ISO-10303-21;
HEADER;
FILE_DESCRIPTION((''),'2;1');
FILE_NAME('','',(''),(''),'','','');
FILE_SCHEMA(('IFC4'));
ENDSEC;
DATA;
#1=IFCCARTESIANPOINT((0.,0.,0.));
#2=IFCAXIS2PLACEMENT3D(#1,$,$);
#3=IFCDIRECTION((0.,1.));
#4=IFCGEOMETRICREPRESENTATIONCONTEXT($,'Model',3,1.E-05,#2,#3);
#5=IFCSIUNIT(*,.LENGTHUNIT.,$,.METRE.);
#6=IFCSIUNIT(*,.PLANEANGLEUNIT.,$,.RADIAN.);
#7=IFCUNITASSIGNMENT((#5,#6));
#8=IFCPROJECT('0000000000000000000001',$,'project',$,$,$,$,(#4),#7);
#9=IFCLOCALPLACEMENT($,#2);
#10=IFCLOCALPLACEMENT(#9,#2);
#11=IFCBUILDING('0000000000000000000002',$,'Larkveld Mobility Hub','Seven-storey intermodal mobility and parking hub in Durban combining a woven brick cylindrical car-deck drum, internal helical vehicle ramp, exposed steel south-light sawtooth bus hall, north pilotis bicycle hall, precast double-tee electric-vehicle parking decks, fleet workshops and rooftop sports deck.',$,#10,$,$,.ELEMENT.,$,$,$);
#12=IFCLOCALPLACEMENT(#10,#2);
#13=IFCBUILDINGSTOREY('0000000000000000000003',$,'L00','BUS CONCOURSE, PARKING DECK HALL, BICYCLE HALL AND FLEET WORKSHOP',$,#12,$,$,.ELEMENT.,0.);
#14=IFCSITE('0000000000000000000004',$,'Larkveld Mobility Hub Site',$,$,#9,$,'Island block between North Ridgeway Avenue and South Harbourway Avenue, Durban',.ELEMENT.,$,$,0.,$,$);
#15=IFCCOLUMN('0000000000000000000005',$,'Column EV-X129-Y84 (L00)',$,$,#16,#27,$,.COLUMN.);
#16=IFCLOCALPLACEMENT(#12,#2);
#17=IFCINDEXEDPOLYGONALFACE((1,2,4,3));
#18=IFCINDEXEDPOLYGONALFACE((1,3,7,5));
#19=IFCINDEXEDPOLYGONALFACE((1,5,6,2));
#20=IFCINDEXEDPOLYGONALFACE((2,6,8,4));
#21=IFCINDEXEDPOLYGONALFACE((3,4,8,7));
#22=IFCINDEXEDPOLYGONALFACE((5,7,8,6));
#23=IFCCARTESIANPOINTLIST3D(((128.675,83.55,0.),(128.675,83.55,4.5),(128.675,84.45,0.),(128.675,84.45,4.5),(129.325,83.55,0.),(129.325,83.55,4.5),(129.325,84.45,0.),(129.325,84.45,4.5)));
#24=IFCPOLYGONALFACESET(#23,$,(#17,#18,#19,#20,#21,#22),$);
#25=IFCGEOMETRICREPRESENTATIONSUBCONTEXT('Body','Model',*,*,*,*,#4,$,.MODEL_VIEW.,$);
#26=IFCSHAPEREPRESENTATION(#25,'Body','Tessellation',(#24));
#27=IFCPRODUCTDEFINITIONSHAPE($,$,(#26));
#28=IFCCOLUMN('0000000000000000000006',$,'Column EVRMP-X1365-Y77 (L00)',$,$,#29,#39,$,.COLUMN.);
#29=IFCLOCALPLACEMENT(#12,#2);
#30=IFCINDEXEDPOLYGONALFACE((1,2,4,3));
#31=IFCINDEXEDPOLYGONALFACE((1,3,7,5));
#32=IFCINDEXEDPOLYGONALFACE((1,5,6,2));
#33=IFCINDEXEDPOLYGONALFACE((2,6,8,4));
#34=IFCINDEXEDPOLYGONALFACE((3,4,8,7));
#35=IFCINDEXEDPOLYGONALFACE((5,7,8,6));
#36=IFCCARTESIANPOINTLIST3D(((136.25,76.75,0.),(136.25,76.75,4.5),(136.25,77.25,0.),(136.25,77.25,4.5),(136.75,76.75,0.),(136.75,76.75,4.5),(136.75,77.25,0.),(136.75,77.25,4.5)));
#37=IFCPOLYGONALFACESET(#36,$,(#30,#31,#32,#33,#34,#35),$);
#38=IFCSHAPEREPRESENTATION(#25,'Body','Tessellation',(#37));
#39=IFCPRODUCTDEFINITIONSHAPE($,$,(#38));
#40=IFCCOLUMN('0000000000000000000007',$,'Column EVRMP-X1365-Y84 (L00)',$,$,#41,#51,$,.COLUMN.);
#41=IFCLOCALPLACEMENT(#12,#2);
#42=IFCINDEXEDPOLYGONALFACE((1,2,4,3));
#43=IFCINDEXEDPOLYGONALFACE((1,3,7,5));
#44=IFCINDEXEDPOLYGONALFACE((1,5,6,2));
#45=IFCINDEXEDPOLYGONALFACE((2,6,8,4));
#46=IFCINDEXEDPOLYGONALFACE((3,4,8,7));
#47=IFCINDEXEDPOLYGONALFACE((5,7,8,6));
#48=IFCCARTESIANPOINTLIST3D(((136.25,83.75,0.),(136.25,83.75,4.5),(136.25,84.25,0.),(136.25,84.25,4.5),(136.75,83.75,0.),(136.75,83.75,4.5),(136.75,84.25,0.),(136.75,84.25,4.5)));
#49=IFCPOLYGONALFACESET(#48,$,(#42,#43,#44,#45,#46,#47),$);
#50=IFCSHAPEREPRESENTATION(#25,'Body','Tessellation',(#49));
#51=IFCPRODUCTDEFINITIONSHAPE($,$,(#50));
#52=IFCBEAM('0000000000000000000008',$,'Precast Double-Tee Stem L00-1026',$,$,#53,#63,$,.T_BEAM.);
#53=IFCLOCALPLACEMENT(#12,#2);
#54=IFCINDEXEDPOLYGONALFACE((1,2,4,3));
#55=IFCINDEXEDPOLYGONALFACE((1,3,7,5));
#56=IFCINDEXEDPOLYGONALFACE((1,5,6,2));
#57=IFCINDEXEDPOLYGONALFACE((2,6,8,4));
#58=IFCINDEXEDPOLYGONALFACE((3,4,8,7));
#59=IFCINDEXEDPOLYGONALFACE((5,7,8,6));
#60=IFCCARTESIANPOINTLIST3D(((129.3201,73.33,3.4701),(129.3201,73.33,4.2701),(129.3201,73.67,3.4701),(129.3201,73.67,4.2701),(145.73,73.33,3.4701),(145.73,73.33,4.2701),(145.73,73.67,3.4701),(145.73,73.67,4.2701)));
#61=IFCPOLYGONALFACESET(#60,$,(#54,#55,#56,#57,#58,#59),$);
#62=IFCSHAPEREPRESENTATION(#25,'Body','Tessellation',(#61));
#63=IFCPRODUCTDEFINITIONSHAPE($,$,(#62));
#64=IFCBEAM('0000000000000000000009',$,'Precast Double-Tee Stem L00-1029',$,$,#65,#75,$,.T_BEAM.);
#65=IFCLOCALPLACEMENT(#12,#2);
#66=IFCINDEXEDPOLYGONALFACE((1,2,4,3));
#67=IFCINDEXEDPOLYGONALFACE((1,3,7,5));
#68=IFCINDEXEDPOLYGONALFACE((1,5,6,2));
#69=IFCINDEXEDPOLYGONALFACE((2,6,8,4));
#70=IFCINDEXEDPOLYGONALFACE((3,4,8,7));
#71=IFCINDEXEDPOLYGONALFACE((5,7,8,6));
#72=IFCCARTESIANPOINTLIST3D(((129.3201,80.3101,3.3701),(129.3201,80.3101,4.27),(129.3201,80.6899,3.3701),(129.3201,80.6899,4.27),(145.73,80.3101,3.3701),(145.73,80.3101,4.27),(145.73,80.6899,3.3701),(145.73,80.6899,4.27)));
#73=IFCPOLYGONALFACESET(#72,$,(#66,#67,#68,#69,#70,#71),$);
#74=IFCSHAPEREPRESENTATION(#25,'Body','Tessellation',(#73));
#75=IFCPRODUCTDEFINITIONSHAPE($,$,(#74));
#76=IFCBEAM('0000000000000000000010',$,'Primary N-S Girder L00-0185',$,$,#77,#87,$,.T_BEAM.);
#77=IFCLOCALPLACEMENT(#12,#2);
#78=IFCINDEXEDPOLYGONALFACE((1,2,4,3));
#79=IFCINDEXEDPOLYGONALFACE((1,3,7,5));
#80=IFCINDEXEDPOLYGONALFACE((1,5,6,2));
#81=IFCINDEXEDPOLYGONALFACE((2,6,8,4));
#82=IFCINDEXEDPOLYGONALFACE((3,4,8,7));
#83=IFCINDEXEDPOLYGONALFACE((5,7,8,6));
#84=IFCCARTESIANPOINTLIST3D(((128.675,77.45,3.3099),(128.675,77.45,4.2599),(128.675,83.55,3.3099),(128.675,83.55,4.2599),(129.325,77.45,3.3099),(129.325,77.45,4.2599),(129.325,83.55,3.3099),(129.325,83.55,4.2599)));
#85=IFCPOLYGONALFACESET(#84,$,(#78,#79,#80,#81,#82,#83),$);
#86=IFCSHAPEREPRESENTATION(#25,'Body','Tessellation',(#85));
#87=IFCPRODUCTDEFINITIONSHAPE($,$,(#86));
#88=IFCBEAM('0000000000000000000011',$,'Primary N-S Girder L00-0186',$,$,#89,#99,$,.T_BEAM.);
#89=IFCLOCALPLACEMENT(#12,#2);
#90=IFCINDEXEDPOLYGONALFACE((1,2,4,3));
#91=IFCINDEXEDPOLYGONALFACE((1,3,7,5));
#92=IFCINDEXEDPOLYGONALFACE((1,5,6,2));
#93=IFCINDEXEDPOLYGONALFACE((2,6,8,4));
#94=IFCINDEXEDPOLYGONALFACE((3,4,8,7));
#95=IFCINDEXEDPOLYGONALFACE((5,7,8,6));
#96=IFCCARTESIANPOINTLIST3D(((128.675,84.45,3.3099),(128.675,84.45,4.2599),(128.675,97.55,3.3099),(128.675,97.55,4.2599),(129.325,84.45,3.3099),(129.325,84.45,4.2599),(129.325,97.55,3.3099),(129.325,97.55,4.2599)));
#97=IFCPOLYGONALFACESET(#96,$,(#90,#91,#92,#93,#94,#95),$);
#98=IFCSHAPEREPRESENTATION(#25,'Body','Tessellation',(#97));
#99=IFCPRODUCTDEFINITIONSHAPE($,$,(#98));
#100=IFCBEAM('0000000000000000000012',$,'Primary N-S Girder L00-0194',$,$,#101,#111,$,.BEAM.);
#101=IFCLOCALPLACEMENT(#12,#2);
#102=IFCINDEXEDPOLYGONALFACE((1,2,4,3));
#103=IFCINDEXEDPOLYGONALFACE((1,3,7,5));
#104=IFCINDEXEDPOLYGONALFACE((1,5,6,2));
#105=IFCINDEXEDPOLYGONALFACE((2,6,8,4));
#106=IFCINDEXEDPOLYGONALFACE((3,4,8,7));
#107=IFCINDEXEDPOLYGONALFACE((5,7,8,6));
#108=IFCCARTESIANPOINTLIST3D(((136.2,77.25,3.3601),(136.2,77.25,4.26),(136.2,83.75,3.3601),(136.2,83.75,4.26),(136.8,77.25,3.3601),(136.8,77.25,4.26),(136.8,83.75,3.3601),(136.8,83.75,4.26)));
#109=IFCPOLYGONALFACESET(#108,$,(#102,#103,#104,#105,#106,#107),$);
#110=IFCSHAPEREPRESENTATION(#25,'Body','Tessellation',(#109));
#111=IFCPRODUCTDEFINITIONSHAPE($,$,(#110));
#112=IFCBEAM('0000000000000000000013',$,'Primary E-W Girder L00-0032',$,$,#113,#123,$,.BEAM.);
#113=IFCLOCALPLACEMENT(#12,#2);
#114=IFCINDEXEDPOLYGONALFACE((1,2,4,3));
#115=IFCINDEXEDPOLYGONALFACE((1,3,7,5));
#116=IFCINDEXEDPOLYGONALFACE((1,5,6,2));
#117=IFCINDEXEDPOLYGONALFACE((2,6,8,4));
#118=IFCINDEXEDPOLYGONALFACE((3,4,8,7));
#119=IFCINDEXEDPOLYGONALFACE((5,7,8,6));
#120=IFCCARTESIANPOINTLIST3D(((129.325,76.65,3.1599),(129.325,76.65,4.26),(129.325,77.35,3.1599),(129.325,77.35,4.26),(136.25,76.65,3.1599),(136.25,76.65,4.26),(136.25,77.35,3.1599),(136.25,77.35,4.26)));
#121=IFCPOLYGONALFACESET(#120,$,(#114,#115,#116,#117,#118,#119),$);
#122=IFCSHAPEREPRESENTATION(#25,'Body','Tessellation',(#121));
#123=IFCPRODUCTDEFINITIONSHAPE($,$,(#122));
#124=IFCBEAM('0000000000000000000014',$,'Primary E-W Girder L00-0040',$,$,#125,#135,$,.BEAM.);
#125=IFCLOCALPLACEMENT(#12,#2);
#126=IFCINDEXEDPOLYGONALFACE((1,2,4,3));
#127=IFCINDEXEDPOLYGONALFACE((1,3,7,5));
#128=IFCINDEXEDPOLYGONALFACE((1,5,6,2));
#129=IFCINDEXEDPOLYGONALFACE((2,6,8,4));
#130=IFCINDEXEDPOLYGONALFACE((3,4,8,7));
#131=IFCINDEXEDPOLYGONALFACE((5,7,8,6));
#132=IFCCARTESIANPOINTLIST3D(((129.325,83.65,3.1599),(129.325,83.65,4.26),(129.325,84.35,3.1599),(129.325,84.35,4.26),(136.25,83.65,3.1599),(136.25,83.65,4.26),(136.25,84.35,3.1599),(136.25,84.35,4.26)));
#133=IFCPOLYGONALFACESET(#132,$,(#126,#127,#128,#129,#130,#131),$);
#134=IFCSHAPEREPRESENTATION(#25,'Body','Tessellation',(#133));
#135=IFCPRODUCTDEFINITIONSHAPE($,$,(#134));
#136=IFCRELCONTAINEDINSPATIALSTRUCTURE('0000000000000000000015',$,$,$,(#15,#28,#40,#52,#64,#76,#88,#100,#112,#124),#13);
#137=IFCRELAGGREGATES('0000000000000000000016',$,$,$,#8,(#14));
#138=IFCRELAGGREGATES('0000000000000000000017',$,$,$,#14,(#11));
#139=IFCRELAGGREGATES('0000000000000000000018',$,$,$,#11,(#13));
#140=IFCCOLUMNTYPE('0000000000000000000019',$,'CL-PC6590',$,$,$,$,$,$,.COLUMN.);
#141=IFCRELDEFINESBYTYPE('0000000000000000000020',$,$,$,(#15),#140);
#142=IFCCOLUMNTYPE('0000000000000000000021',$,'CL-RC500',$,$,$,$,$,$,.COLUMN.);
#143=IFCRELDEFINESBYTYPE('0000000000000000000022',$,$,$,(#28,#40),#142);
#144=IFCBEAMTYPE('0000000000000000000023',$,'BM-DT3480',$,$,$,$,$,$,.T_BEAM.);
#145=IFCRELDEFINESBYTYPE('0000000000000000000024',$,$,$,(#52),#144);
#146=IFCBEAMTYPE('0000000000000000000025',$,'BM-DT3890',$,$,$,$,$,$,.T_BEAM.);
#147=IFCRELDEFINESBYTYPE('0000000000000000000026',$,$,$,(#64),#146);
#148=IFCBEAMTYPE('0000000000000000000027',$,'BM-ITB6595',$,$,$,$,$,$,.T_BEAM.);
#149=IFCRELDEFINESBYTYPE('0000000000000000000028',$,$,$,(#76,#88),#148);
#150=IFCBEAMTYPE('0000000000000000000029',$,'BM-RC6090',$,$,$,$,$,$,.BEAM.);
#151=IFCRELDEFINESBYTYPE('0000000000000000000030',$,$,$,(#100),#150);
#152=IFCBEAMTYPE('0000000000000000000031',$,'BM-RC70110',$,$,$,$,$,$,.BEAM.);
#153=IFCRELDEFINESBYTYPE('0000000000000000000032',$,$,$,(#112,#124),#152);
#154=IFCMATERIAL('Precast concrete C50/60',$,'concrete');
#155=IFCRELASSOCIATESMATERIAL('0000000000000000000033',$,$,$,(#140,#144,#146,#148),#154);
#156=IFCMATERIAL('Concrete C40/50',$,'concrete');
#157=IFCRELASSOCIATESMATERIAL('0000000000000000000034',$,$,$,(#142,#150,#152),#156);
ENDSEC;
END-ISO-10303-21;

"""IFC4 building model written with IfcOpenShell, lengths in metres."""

from ifc_helpers import new_model, si_unit, direction, frame, origin, origin_2d, place, context, subcontext, project, spatial, rectangle, extrude, material, material_profile, profile_set, type_object, element, save


model = new_model("IFC4")

# Units and contexts
model_context = context("Model", 3, precision=1e-05, world=origin(), true_north=direction((0.0, 1.0)))
body_context = subcontext(model_context, "Body", "Model", "MODEL_VIEW")
ifc_project = project(units=[si_unit("LENGTHUNIT", "METRE"), si_unit("PLANEANGLEUNIT", "RADIAN")], contexts=[model_context])

# Site, building, storey
site_placement = place(None, origin())
site = spatial("IfcSite", under=ifc_project, at=site_placement, Name="Larkveld Mobility Hub Site", LongName="Island block between North Ridgeway Avenue and South Harbourway Avenue, Durban", CompositionType="ELEMENT", RefElevation=0.0)
building_placement = place(site_placement, origin())
building = spatial("IfcBuilding", under=site, at=building_placement, Name="Larkveld Mobility Hub", Description="Seven-storey intermodal mobility and parking hub in Durban combining a woven brick cylindrical car-deck drum, internal helical vehicle ramp, exposed steel south-light sawtooth bus hall, north pilotis bicycle hall, precast double-tee electric-vehicle parking decks, fleet workshops and rooftop sports deck.", CompositionType="ELEMENT")
storey_placement = place(building_placement, origin())
storey = spatial("IfcBuildingStorey", under=building, at=storey_placement, Name="L00", Description="BUS CONCOURSE, PARKING DECK HALL, BICYCLE HALL AND FLEET WORKSHOP", CompositionType="ELEMENT", Elevation=0.0)

# Columns
ifc_material_1 = material(Name="Precast concrete C50/60", Category="concrete")
ifc_material_profile_1 = material_profile(ifc_material_1, rectangle(XDim=0.6499, YDim=0.8999, at=origin_2d()), Name="RC COL 650x900")
ifc_profile_set_1 = profile_set([ifc_material_profile_1], Name="Precast concrete C50/60")
column_type_1 = type_object("IfcColumnType", Name="CL-PC6590", PredefinedType="COLUMN", material=ifc_profile_set_1)
for number, where, z_axis, x_axis, name in (
    (1, (129.0, 84.0, 0.0), (0.0, 0.0, 1.0), (1.0, 0.0, 0.0), "Column EV-X129-Y84 (L00)"),
):
    element("IfcColumn", number, at=place(storey_placement, frame(where, z_axis=z_axis, x_axis=x_axis)), inside=storey, type_object=column_type_1, Name=name, PredefinedType="COLUMN", context=body_context, shape_type="SweptSolid", body=[
        extrude(rectangle(XDim=0.6499, YDim=0.8999, at=origin_2d()), origin(), (0.0, 0.0, 1.0), 4.5),
    ])
ifc_material_2 = material(Name="Concrete C40/50", Category="concrete")
ifc_material_profile_2 = material_profile(ifc_material_2, rectangle(XDim=0.5, YDim=0.5, at=origin_2d()), Name="RC COL 500x500")
ifc_profile_set_2 = profile_set([ifc_material_profile_2], Name="Concrete C40/50")
column_type_2 = type_object("IfcColumnType", Name="CL-RC500", PredefinedType="COLUMN", material=ifc_profile_set_2)
for number, where, z_axis, x_axis, name in (
    (2, (136.5, 77.0, 0.0), (0.0, 0.0, 1.0), (1.0, 0.0, 0.0), "Column EVRMP-X1365-Y77 (L00)"),
    (3, (136.5, 84.0, 0.0), (0.0, 0.0, 1.0), (1.0, 0.0, 0.0), "Column EVRMP-X1365-Y84 (L00)"),
):
    element("IfcColumn", number, at=place(storey_placement, frame(where, z_axis=z_axis, x_axis=x_axis)), inside=storey, type_object=column_type_2, Name=name, PredefinedType="COLUMN", context=body_context, shape_type="SweptSolid", body=[
        extrude(rectangle(XDim=0.5, YDim=0.5, at=origin_2d()), origin(), (0.0, 0.0, 1.0), 4.5),
    ])

# Beams
ifc_material_profile_3 = material_profile(ifc_material_1, rectangle(XDim=0.3401, YDim=0.8, at=origin_2d()), Name="PC DT 340x800")
ifc_profile_set_3 = profile_set([ifc_material_profile_3], Name="Precast concrete C50/60")
beam_type_1 = type_object("IfcBeamType", Name="BM-DT3480", PredefinedType="T_BEAM", material=ifc_profile_set_3)
beam_1_placement = place(storey_placement, frame((129.3201, 73.5, 3.8701), z_axis=(1.0, 0.0, 0.0), x_axis=(0.0, 1.0, 0.0)))
element("IfcBeam", 4, at=beam_1_placement, inside=storey, type_object=beam_type_1, Name="Precast Double-Tee Stem L00-1026", PredefinedType="T_BEAM", context=body_context, shape_type="SweptSolid", body=[
    extrude(rectangle(XDim=0.3401, YDim=0.8, at=origin_2d()), origin(), (0.0, 0.0, 1.0), 16.4099),
])
ifc_material_profile_4 = material_profile(ifc_material_1, rectangle(XDim=0.3799, YDim=0.8999, at=origin_2d()), Name="PC DT 380x900")
ifc_profile_set_4 = profile_set([ifc_material_profile_4], Name="Precast concrete C50/60")
beam_type_2 = type_object("IfcBeamType", Name="BM-DT3890", PredefinedType="T_BEAM", material=ifc_profile_set_4)
beam_2_placement = place(storey_placement, frame((129.3201, 80.5, 3.8201), z_axis=(1.0, 0.0, 0.0), x_axis=(0.0, 1.0, 0.0)))
element("IfcBeam", 5, at=beam_2_placement, inside=storey, type_object=beam_type_2, Name="Precast Double-Tee Stem L00-1029", PredefinedType="T_BEAM", context=body_context, shape_type="SweptSolid", body=[
    extrude(rectangle(XDim=0.3799, YDim=0.8999, at=origin_2d()), origin(), (0.0, 0.0, 1.0), 16.4099),
])
ifc_material_profile_5 = material_profile(ifc_material_1, rectangle(XDim=0.6499, YDim=0.95, at=origin_2d()), Name="PC ITB 650x950")
ifc_profile_set_5 = profile_set([ifc_material_profile_5], Name="Precast concrete C50/60")
beam_type_3 = type_object("IfcBeamType", Name="BM-ITB6595", PredefinedType="T_BEAM", material=ifc_profile_set_5)
beam_3_placement = place(storey_placement, frame((129.0, 77.45, 3.7849), z_axis=(0.0, 1.0, 0.0), x_axis=(-1.0, 0.0, 0.0)))
element("IfcBeam", 6, at=beam_3_placement, inside=storey, type_object=beam_type_3, Name="Primary N-S Girder L00-0185", PredefinedType="T_BEAM", context=body_context, shape_type="SweptSolid", body=[
    extrude(rectangle(XDim=0.6499, YDim=0.95, at=origin_2d()), origin(), (0.0, 0.0, 1.0), 6.1001),
])
beam_4_placement = place(storey_placement, frame((129.0, 84.45, 3.7849), z_axis=(0.0, 1.0, 0.0), x_axis=(-1.0, 0.0, 0.0)))
element("IfcBeam", 7, at=beam_4_placement, inside=storey, type_object=beam_type_3, Name="Primary N-S Girder L00-0186", PredefinedType="T_BEAM", context=body_context, shape_type="SweptSolid", body=[
    extrude(rectangle(XDim=0.6499, YDim=0.95, at=origin_2d()), origin(), (0.0, 0.0, 1.0), 13.1001),
])
ifc_material_profile_6 = material_profile(ifc_material_2, rectangle(XDim=0.6001, YDim=0.8999, at=origin_2d()), Name="RC BM 600x900")
ifc_profile_set_6 = profile_set([ifc_material_profile_6], Name="Concrete C40/50")
beam_type_4 = type_object("IfcBeamType", Name="BM-RC6090", PredefinedType="BEAM", material=ifc_profile_set_6)
beam_5_placement = place(storey_placement, frame((136.5, 77.25, 3.8101), z_axis=(0.0, 1.0, 0.0), x_axis=(-1.0, 0.0, 0.0)))
element("IfcBeam", 8, at=beam_5_placement, inside=storey, type_object=beam_type_4, Name="Primary N-S Girder L00-0194", PredefinedType="BEAM", context=body_context, shape_type="SweptSolid", body=[
    extrude(rectangle(XDim=0.6001, YDim=0.8999, at=origin_2d()), origin(), (0.0, 0.0, 1.0), 6.5),
])
ifc_material_profile_7 = material_profile(ifc_material_2, rectangle(XDim=0.7, YDim=1.1001, at=origin_2d()), Name="RC BM 700x1100")
ifc_profile_set_7 = profile_set([ifc_material_profile_7], Name="Concrete C40/50")
beam_type_5 = type_object("IfcBeamType", Name="BM-RC70110", PredefinedType="BEAM", material=ifc_profile_set_7)
for number, where, z_axis, x_axis, name in (
    (9, (129.325, 77.0, 3.71), (1.0, 0.0, 0.0), (0.0, 1.0, 0.0), "Primary E-W Girder L00-0032"),
    (10, (129.325, 84.0, 3.71), (1.0, 0.0, 0.0), (0.0, 1.0, 0.0), "Primary E-W Girder L00-0040"),
):
    element("IfcBeam", number, at=place(storey_placement, frame(where, z_axis=z_axis, x_axis=x_axis)), inside=storey, type_object=beam_type_5, Name=name, PredefinedType="BEAM", context=body_context, shape_type="SweptSolid", body=[
        extrude(rectangle(XDim=0.7, YDim=1.1001, at=origin_2d()), origin(), (0.0, 0.0, 1.0), 6.925),
    ])

save(model, "model.ifc")
